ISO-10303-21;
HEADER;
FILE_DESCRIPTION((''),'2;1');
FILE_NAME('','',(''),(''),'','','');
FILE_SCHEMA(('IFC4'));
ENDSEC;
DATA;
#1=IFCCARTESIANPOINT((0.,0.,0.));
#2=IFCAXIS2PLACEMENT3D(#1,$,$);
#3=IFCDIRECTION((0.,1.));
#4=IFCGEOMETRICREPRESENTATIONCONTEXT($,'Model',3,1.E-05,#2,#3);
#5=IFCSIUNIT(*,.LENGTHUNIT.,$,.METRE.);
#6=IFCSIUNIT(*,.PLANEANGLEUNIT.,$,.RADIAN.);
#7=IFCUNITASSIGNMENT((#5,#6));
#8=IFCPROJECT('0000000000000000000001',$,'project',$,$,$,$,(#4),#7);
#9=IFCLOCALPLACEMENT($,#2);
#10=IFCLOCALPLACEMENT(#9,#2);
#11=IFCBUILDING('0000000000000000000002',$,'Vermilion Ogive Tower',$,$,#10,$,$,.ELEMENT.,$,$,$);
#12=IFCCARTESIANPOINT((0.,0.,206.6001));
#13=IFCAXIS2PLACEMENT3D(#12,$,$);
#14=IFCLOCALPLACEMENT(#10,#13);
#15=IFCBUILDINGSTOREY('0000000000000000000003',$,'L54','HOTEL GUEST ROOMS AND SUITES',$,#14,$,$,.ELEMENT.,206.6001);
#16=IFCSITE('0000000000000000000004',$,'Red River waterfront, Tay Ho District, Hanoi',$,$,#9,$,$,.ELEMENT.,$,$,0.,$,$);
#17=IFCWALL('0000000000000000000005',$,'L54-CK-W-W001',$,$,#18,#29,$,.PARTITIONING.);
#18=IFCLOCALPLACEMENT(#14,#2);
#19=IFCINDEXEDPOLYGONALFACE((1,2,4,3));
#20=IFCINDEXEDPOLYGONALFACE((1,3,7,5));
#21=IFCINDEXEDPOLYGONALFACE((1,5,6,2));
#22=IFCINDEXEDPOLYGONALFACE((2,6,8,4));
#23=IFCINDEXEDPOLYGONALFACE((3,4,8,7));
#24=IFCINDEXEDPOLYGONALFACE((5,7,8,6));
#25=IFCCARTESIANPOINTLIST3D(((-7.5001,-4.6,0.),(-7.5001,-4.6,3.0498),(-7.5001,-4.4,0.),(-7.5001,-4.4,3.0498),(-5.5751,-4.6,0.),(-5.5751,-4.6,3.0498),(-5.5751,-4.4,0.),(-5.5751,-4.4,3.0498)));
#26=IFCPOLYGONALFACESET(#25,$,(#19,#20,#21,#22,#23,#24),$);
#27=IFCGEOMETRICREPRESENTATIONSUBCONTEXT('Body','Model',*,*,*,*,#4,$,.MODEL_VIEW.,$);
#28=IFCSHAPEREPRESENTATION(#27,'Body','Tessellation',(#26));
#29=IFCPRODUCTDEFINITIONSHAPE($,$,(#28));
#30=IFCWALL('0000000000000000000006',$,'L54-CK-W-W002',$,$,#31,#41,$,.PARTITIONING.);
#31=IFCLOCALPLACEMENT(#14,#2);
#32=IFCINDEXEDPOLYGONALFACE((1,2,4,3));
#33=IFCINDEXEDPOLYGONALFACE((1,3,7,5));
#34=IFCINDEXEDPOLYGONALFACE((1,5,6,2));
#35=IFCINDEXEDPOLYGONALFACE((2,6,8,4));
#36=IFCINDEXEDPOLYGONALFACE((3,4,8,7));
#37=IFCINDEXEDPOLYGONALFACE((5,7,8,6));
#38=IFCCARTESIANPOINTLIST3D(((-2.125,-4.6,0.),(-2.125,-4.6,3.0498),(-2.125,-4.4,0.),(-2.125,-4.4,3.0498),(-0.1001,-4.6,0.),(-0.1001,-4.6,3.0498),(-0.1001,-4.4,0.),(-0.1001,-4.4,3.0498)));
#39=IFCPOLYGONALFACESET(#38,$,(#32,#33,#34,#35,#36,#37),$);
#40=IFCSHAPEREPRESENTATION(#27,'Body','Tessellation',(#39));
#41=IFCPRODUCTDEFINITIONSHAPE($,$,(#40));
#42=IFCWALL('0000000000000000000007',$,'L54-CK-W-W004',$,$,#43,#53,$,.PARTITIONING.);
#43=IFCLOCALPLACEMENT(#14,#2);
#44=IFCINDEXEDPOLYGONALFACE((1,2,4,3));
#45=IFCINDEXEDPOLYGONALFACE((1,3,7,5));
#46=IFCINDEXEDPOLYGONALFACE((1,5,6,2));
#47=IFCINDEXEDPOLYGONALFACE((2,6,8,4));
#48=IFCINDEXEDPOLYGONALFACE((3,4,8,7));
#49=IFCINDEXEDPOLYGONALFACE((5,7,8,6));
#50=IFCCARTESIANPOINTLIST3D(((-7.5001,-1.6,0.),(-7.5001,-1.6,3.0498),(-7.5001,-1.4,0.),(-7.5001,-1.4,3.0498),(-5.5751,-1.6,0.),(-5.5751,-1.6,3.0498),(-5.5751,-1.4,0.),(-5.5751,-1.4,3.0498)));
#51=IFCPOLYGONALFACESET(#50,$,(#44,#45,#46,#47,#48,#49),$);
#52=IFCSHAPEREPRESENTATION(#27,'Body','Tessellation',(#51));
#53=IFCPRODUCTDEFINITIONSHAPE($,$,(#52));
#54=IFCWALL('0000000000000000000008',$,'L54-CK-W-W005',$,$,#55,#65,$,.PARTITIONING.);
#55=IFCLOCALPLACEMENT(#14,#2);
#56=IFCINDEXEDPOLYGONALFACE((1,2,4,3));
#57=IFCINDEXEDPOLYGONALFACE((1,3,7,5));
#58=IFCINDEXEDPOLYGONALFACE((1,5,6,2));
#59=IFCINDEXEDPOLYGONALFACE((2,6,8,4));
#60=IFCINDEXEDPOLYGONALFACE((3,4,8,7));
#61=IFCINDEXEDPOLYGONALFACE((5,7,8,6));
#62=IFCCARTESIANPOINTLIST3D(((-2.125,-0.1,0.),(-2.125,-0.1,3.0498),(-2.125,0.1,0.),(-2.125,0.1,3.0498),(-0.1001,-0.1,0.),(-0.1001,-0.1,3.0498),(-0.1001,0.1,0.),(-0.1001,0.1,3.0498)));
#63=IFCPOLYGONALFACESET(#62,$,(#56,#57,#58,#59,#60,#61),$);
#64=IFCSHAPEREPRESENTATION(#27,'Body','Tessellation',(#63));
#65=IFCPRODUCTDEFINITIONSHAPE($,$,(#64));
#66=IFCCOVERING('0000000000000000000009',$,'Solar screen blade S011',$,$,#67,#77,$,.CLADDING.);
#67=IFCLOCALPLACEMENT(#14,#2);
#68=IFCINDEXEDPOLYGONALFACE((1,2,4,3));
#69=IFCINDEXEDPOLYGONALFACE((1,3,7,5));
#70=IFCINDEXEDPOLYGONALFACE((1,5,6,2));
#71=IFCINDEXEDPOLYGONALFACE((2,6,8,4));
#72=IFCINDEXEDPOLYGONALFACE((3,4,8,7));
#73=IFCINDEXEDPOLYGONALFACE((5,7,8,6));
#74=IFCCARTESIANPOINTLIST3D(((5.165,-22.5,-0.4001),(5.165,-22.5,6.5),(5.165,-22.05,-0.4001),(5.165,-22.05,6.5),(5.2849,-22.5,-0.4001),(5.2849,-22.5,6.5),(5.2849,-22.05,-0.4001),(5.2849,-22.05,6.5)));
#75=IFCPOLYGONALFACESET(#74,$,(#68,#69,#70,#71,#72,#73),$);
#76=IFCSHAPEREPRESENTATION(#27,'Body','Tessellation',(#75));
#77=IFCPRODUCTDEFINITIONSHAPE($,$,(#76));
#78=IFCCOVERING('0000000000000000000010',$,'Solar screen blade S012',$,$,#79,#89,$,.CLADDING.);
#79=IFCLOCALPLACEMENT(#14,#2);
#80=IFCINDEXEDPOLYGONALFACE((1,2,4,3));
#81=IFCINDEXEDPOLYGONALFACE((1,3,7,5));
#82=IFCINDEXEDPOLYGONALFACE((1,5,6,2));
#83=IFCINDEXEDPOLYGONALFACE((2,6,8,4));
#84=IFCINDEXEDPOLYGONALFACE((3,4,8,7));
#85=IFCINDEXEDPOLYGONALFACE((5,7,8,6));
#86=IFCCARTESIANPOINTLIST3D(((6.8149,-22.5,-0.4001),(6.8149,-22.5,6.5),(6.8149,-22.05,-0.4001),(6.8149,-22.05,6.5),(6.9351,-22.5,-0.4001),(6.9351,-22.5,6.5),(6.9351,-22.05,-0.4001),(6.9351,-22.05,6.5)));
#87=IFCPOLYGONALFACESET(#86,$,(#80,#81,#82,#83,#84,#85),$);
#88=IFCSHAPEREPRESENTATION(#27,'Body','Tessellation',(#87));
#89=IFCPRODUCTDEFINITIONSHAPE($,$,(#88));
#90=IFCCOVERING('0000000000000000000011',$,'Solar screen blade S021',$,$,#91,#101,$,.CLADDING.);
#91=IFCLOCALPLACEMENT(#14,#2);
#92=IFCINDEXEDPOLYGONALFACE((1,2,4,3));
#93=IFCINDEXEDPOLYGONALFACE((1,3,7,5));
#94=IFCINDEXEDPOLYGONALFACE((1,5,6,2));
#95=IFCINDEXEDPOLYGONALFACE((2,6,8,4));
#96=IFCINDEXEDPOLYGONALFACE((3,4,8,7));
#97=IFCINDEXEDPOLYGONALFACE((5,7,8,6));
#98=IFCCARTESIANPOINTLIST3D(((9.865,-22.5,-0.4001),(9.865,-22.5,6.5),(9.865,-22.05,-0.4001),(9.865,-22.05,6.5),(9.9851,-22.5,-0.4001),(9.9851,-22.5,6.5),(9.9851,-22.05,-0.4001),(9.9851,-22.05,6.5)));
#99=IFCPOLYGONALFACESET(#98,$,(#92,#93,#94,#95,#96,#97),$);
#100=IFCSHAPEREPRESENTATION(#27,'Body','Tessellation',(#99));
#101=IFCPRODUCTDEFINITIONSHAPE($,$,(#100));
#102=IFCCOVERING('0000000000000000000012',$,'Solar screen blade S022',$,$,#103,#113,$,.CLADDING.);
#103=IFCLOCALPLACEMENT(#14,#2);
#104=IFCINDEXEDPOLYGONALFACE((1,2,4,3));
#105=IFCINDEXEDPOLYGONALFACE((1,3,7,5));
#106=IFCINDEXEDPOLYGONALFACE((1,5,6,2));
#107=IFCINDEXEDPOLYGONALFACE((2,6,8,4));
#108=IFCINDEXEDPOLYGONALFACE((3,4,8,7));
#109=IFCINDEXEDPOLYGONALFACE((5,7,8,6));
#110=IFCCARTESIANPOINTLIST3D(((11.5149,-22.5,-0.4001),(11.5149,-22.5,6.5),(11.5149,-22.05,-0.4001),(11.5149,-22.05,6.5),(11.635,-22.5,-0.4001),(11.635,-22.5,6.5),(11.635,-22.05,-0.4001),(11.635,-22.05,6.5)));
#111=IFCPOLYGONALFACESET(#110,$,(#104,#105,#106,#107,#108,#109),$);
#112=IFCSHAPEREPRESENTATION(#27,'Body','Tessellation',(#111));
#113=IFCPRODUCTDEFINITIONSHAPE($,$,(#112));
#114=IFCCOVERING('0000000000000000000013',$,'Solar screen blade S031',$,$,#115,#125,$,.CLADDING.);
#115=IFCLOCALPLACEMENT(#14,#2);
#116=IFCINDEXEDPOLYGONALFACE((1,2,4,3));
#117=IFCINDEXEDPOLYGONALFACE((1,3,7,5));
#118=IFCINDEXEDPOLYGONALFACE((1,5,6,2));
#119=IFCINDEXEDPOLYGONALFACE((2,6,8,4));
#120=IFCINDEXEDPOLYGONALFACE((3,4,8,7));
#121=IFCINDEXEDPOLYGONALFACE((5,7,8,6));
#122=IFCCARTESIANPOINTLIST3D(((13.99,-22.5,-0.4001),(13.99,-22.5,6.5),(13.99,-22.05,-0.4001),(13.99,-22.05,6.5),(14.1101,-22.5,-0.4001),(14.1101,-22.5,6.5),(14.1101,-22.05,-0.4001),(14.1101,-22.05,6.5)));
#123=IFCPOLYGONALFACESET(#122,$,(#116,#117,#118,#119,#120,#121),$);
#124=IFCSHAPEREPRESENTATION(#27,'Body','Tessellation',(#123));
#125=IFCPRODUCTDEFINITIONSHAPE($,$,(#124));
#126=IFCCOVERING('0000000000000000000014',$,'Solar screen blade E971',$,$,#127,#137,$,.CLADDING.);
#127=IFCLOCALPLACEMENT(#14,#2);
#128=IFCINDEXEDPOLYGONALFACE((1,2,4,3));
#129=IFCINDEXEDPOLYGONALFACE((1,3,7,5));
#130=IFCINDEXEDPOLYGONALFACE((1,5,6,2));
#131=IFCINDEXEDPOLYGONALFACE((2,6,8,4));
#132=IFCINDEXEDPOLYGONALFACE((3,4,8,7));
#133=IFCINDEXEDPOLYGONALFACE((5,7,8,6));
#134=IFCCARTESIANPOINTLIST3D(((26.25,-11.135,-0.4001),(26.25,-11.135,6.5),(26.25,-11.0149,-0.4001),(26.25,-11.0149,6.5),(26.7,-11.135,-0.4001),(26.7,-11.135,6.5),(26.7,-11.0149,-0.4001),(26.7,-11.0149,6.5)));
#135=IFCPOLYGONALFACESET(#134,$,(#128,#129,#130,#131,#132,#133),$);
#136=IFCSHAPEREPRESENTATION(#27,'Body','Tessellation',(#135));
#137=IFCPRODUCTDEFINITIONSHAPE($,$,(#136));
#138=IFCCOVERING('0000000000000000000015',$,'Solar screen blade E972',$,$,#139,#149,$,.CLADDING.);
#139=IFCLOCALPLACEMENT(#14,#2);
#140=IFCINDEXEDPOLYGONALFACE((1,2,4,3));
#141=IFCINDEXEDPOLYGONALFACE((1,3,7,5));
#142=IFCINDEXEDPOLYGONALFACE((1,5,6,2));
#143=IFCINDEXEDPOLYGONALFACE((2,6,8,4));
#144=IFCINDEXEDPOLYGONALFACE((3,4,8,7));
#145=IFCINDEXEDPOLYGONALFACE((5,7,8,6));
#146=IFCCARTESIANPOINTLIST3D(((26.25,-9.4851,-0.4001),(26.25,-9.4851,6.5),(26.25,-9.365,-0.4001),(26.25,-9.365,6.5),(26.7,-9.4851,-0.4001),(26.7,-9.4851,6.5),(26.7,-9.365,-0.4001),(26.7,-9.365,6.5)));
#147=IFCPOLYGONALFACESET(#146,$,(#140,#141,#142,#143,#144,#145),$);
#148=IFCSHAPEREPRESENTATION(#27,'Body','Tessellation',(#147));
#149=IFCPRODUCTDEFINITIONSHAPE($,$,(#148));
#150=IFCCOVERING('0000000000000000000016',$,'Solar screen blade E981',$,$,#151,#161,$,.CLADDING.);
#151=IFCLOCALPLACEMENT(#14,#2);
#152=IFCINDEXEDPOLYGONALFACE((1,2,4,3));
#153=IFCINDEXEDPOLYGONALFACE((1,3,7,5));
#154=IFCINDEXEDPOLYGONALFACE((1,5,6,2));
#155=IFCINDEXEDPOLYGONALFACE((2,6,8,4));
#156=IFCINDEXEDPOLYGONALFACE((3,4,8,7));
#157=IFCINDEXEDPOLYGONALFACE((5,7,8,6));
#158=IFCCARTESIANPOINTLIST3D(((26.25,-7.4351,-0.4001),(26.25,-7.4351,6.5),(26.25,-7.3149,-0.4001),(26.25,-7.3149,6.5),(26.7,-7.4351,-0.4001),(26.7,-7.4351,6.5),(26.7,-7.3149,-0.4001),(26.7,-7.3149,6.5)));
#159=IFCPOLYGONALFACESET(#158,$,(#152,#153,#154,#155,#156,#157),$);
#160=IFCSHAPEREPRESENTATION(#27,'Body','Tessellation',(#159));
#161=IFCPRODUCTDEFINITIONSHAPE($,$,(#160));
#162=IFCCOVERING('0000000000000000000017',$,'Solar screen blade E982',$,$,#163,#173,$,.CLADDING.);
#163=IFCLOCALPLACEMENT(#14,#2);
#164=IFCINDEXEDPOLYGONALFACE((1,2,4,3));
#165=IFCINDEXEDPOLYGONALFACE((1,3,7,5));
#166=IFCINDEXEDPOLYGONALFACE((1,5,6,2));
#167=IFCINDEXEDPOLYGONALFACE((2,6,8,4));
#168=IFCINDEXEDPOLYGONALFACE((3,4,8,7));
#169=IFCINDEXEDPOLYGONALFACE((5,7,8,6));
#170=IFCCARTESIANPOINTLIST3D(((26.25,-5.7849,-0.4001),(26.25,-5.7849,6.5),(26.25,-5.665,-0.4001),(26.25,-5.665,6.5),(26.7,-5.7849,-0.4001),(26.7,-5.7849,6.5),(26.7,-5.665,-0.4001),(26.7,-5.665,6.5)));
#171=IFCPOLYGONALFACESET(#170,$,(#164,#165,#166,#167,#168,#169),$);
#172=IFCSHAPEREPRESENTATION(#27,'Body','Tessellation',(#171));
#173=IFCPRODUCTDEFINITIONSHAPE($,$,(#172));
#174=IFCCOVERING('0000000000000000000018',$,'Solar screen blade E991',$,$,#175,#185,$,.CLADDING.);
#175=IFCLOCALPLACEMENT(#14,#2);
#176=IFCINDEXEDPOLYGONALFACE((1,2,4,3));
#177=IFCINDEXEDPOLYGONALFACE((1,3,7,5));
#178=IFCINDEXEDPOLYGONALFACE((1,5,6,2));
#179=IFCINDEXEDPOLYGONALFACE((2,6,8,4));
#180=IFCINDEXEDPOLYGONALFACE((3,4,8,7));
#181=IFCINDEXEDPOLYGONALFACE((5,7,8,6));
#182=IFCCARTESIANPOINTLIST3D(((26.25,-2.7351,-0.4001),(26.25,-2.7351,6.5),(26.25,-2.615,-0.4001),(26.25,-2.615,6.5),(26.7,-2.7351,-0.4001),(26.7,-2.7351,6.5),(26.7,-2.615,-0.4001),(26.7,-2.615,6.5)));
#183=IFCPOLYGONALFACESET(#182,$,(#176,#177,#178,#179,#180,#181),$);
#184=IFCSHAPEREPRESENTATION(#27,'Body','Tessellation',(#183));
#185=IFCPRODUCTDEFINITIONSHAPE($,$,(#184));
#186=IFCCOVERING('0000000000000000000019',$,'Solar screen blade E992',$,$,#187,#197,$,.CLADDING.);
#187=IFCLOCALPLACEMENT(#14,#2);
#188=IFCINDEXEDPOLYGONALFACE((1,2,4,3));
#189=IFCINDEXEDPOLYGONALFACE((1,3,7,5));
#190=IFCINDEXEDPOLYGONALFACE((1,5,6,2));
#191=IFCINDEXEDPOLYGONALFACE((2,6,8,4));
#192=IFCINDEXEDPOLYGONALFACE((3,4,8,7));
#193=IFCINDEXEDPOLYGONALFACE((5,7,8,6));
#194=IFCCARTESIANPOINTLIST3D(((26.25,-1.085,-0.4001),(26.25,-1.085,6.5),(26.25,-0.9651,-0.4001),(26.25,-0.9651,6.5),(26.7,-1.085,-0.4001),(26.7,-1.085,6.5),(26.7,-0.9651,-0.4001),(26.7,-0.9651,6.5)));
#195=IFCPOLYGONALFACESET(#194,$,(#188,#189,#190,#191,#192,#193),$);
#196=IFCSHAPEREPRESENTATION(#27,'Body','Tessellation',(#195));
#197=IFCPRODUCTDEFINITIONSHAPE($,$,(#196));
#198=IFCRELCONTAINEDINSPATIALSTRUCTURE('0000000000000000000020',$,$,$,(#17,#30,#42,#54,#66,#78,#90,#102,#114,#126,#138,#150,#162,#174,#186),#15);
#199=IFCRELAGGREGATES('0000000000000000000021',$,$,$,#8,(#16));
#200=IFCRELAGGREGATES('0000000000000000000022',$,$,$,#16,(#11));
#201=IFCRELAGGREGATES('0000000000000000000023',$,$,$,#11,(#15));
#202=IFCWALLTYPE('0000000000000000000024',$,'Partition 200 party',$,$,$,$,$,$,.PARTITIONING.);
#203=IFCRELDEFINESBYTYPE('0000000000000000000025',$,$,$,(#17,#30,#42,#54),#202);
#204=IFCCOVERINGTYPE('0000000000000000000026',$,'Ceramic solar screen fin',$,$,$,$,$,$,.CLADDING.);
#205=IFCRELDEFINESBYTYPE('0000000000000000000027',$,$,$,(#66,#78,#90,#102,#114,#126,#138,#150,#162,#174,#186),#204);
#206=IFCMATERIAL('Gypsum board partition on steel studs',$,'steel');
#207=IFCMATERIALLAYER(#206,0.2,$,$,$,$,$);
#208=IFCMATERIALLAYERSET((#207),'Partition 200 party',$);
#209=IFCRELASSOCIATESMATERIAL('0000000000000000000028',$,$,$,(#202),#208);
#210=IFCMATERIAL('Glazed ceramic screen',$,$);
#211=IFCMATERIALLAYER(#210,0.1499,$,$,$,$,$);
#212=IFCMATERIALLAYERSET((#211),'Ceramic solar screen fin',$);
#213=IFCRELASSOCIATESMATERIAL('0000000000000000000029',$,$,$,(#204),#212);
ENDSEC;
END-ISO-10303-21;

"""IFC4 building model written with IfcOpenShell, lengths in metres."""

from ifc_helpers import new_model, si_unit, direction, frame, frame_2d, origin, place, context, subcontext, project, spatial, polyline, rectangle, outline, extrude, material, layer, layer_set, type_object, element, save


model = new_model("IFC4")

# Units and contexts
model_context = context("Model", 3, precision=1e-05, world=origin(), true_north=direction((0.0, 1.0)))
body_context = subcontext(model_context, "Body", "Model", "MODEL_VIEW")
ifc_project = project(units=[si_unit("LENGTHUNIT", "METRE"), si_unit("PLANEANGLEUNIT", "RADIAN")], contexts=[model_context])

# Site, building, storey
site_placement = place(None, origin())
site = spatial("IfcSite", under=ifc_project, at=site_placement, Name="Red River waterfront, Tay Ho District, Hanoi", CompositionType="ELEMENT", RefElevation=0.0)
building_placement = place(site_placement, origin())
building = spatial("IfcBuilding", under=site, at=building_placement, Name="Vermilion Ogive Tower", CompositionType="ELEMENT")
storey_placement = place(building_placement, frame((0.0, 0.0, 206.6001)))
storey = spatial("IfcBuildingStorey", under=building, at=storey_placement, Name="L54", Description="HOTEL GUEST ROOMS AND SUITES", CompositionType="ELEMENT", Elevation=206.6001)

# Walls
ifc_material_1 = material(Name="Gypsum board partition on steel studs", Category="steel")
ifc_layer_1 = layer(ifc_material_1, 0.2)
ifc_layer_set_1 = layer_set([ifc_layer_1], Name="Partition 200 party")
wall_type = type_object("IfcWallType", Name="Partition 200 party", PredefinedType="PARTITIONING", material=ifc_layer_set_1)
wall_1_placement = place(storey_placement, frame((-7.5, -4.5, 0.0), z_axis=(0.0, 0.0, 1.0), x_axis=(1.0, 0.0, 0.0)))
element("IfcWall", 1, at=wall_1_placement, inside=storey, type_object=wall_type, Name="L54-CK-W-W001", PredefinedType="PARTITIONING", context=body_context, shape_type="SweptSolid", body=[
    extrude(rectangle(XDim=1.925, YDim=0.2, at=frame_2d((0.9624, 0.0))), origin(), (0.0, 0.0, 1.0), 3.0498),
])
wall_2_placement = place(storey_placement, frame((-2.125, -4.5, 0.0), z_axis=(0.0, 0.0, 1.0), x_axis=(1.0, 0.0, 0.0)))
element("IfcWall", 2, at=wall_2_placement, inside=storey, type_object=wall_type, Name="L54-CK-W-W002", PredefinedType="PARTITIONING", context=body_context, shape_type="SweptSolid", body=[
    extrude(rectangle(XDim=2.0249, YDim=0.2, at=frame_2d((1.0125, 0.0))), origin(), (0.0, 0.0, 1.0), 3.0498),
])
wall_3_placement = place(storey_placement, frame((-7.5, -1.5, 0.0), z_axis=(0.0, 0.0, 1.0), x_axis=(1.0, 0.0, 0.0)))
element("IfcWall", 3, at=wall_3_placement, inside=storey, type_object=wall_type, Name="L54-CK-W-W004", PredefinedType="PARTITIONING", context=body_context, shape_type="SweptSolid", body=[
    extrude(rectangle(XDim=1.925, YDim=0.2, at=frame_2d((0.9624, 0.0))), origin(), (0.0, 0.0, 1.0), 3.0498),
])
wall_4_placement = place(storey_placement, frame((-2.125, 0.0, 0.0), z_axis=(0.0, 0.0, 1.0), x_axis=(1.0, 0.0, 0.0)))
element("IfcWall", 4, at=wall_4_placement, inside=storey, type_object=wall_type, Name="L54-CK-W-W005", PredefinedType="PARTITIONING", context=body_context, shape_type="SweptSolid", body=[
    extrude(rectangle(XDim=2.0249, YDim=0.2, at=frame_2d((1.0125, 0.0))), origin(), (0.0, 0.0, 1.0), 3.0498),
])

# Coverings
ifc_material_2 = material(Name="Glazed ceramic screen")
ifc_layer_2 = layer(ifc_material_2, 0.1499)
ifc_layer_set_2 = layer_set([ifc_layer_2], Name="Ceramic solar screen fin")
covering_type_1 = type_object("IfcCoveringType", Name="Ceramic solar screen fin", PredefinedType="CLADDING", material=ifc_layer_set_2)
covering_1_placement = place(storey_placement, frame((0.0, 0.0, -0.4001)))
element("IfcCovering", 5, at=covering_1_placement, inside=storey, type_object=covering_type_1, Name="Solar screen blade S011", PredefinedType="CLADDING", context=body_context, shape_type="SweptSolid", body=[
    extrude(outline(polyline([(5.165, -22.5), (5.2849, -22.5), (5.2849, -22.05), (5.165, -22.05), (5.165, -22.5)])), origin(), (0.0, 0.0, 1.0), 6.9001),
])
covering_2_placement = place(storey_placement, frame((0.0, 0.0, -0.4001)))
element("IfcCovering", 6, at=covering_2_placement, inside=storey, type_object=covering_type_1, Name="Solar screen blade S012", PredefinedType="CLADDING", context=body_context, shape_type="SweptSolid", body=[
    extrude(outline(polyline([(6.8149, -22.5), (6.9351, -22.5), (6.9351, -22.05), (6.8149, -22.05), (6.8149, -22.5)])), origin(), (0.0, 0.0, 1.0), 6.9001),
])
covering_3_placement = place(storey_placement, frame((0.0, 0.0, -0.4001)))
element("IfcCovering", 7, at=covering_3_placement, inside=storey, type_object=covering_type_1, Name="Solar screen blade S021", PredefinedType="CLADDING", context=body_context, shape_type="SweptSolid", body=[
    extrude(outline(polyline([(9.865, -22.5), (9.9851, -22.5), (9.9851, -22.05), (9.865, -22.05), (9.865, -22.5)])), origin(), (0.0, 0.0, 1.0), 6.9001),
])
covering_4_placement = place(storey_placement, frame((0.0, 0.0, -0.4001)))
element("IfcCovering", 8, at=covering_4_placement, inside=storey, type_object=covering_type_1, Name="Solar screen blade S022", PredefinedType="CLADDING", context=body_context, shape_type="SweptSolid", body=[
    extrude(outline(polyline([(11.5149, -22.5), (11.635, -22.5), (11.635, -22.05), (11.5149, -22.05), (11.5149, -22.5)])), origin(), (0.0, 0.0, 1.0), 6.9001),
])
covering_5_placement = place(storey_placement, frame((0.0, 0.0, -0.4001)))
element("IfcCovering", 9, at=covering_5_placement, inside=storey, type_object=covering_type_1, Name="Solar screen blade S031", PredefinedType="CLADDING", context=body_context, shape_type="SweptSolid", body=[
    extrude(outline(polyline([(13.99, -22.5), (14.1101, -22.5), (14.1101, -22.05), (13.99, -22.05), (13.99, -22.5)])), origin(), (0.0, 0.0, 1.0), 6.9001),
])
covering_6_placement = place(storey_placement, frame((0.0, 0.0, -0.4001)))
element("IfcCovering", 10, at=covering_6_placement, inside=storey, type_object=covering_type_1, Name="Solar screen blade E971", PredefinedType="CLADDING", context=body_context, shape_type="SweptSolid", body=[
    extrude(outline(polyline([(26.7, -11.135), (26.7, -11.0149), (26.25, -11.0149), (26.25, -11.135), (26.7, -11.135)])), origin(), (0.0, 0.0, 1.0), 6.9001),
])
covering_7_placement = place(storey_placement, frame((0.0, 0.0, -0.4001)))
element("IfcCovering", 11, at=covering_7_placement, inside=storey, type_object=covering_type_1, Name="Solar screen blade E972", PredefinedType="CLADDING", context=body_context, shape_type="SweptSolid", body=[
    extrude(outline(polyline([(26.7, -9.4851), (26.7, -9.365), (26.25, -9.365), (26.25, -9.4851), (26.7, -9.4851)])), origin(), (0.0, 0.0, 1.0), 6.9001),
])
covering_8_placement = place(storey_placement, frame((0.0, 0.0, -0.4001)))
element("IfcCovering", 12, at=covering_8_placement, inside=storey, type_object=covering_type_1, Name="Solar screen blade E981", PredefinedType="CLADDING", context=body_context, shape_type="SweptSolid", body=[
    extrude(outline(polyline([(26.7, -7.4351), (26.7, -7.3149), (26.25, -7.3149), (26.25, -7.4351), (26.7, -7.4351)])), origin(), (0.0, 0.0, 1.0), 6.9001),
])
covering_9_placement = place(storey_placement, frame((0.0, 0.0, -0.4001)))
element("IfcCovering", 13, at=covering_9_placement, inside=storey, type_object=covering_type_1, Name="Solar screen blade E982", PredefinedType="CLADDING", context=body_context, shape_type="SweptSolid", body=[
    extrude(outline(polyline([(26.7, -5.7849), (26.7, -5.665), (26.25, -5.665), (26.25, -5.7849), (26.7, -5.7849)])), origin(), (0.0, 0.0, 1.0), 6.9001),
])
covering_10_placement = place(storey_placement, frame((0.0, 0.0, -0.4001)))
element("IfcCovering", 14, at=covering_10_placement, inside=storey, type_object=covering_type_1, Name="Solar screen blade E991", PredefinedType="CLADDING", context=body_context, shape_type="SweptSolid", body=[
    extrude(outline(polyline([(26.7, -2.7351), (26.7, -2.615), (26.25, -2.615), (26.25, -2.7351), (26.7, -2.7351)])), origin(), (0.0, 0.0, 1.0), 6.9001),
])
covering_11_placement = place(storey_placement, frame((0.0, 0.0, -0.4001)))
element("IfcCovering", 15, at=covering_11_placement, inside=storey, type_object=covering_type_1, Name="Solar screen blade E992", PredefinedType="CLADDING", context=body_context, shape_type="SweptSolid", body=[
    extrude(outline(polyline([(26.7, -1.085), (26.7, -0.9651), (26.25, -0.9651), (26.25, -1.085), (26.7, -1.085)])), origin(), (0.0, 0.0, 1.0), 6.9001),
])

save(model, "model.ifc")
